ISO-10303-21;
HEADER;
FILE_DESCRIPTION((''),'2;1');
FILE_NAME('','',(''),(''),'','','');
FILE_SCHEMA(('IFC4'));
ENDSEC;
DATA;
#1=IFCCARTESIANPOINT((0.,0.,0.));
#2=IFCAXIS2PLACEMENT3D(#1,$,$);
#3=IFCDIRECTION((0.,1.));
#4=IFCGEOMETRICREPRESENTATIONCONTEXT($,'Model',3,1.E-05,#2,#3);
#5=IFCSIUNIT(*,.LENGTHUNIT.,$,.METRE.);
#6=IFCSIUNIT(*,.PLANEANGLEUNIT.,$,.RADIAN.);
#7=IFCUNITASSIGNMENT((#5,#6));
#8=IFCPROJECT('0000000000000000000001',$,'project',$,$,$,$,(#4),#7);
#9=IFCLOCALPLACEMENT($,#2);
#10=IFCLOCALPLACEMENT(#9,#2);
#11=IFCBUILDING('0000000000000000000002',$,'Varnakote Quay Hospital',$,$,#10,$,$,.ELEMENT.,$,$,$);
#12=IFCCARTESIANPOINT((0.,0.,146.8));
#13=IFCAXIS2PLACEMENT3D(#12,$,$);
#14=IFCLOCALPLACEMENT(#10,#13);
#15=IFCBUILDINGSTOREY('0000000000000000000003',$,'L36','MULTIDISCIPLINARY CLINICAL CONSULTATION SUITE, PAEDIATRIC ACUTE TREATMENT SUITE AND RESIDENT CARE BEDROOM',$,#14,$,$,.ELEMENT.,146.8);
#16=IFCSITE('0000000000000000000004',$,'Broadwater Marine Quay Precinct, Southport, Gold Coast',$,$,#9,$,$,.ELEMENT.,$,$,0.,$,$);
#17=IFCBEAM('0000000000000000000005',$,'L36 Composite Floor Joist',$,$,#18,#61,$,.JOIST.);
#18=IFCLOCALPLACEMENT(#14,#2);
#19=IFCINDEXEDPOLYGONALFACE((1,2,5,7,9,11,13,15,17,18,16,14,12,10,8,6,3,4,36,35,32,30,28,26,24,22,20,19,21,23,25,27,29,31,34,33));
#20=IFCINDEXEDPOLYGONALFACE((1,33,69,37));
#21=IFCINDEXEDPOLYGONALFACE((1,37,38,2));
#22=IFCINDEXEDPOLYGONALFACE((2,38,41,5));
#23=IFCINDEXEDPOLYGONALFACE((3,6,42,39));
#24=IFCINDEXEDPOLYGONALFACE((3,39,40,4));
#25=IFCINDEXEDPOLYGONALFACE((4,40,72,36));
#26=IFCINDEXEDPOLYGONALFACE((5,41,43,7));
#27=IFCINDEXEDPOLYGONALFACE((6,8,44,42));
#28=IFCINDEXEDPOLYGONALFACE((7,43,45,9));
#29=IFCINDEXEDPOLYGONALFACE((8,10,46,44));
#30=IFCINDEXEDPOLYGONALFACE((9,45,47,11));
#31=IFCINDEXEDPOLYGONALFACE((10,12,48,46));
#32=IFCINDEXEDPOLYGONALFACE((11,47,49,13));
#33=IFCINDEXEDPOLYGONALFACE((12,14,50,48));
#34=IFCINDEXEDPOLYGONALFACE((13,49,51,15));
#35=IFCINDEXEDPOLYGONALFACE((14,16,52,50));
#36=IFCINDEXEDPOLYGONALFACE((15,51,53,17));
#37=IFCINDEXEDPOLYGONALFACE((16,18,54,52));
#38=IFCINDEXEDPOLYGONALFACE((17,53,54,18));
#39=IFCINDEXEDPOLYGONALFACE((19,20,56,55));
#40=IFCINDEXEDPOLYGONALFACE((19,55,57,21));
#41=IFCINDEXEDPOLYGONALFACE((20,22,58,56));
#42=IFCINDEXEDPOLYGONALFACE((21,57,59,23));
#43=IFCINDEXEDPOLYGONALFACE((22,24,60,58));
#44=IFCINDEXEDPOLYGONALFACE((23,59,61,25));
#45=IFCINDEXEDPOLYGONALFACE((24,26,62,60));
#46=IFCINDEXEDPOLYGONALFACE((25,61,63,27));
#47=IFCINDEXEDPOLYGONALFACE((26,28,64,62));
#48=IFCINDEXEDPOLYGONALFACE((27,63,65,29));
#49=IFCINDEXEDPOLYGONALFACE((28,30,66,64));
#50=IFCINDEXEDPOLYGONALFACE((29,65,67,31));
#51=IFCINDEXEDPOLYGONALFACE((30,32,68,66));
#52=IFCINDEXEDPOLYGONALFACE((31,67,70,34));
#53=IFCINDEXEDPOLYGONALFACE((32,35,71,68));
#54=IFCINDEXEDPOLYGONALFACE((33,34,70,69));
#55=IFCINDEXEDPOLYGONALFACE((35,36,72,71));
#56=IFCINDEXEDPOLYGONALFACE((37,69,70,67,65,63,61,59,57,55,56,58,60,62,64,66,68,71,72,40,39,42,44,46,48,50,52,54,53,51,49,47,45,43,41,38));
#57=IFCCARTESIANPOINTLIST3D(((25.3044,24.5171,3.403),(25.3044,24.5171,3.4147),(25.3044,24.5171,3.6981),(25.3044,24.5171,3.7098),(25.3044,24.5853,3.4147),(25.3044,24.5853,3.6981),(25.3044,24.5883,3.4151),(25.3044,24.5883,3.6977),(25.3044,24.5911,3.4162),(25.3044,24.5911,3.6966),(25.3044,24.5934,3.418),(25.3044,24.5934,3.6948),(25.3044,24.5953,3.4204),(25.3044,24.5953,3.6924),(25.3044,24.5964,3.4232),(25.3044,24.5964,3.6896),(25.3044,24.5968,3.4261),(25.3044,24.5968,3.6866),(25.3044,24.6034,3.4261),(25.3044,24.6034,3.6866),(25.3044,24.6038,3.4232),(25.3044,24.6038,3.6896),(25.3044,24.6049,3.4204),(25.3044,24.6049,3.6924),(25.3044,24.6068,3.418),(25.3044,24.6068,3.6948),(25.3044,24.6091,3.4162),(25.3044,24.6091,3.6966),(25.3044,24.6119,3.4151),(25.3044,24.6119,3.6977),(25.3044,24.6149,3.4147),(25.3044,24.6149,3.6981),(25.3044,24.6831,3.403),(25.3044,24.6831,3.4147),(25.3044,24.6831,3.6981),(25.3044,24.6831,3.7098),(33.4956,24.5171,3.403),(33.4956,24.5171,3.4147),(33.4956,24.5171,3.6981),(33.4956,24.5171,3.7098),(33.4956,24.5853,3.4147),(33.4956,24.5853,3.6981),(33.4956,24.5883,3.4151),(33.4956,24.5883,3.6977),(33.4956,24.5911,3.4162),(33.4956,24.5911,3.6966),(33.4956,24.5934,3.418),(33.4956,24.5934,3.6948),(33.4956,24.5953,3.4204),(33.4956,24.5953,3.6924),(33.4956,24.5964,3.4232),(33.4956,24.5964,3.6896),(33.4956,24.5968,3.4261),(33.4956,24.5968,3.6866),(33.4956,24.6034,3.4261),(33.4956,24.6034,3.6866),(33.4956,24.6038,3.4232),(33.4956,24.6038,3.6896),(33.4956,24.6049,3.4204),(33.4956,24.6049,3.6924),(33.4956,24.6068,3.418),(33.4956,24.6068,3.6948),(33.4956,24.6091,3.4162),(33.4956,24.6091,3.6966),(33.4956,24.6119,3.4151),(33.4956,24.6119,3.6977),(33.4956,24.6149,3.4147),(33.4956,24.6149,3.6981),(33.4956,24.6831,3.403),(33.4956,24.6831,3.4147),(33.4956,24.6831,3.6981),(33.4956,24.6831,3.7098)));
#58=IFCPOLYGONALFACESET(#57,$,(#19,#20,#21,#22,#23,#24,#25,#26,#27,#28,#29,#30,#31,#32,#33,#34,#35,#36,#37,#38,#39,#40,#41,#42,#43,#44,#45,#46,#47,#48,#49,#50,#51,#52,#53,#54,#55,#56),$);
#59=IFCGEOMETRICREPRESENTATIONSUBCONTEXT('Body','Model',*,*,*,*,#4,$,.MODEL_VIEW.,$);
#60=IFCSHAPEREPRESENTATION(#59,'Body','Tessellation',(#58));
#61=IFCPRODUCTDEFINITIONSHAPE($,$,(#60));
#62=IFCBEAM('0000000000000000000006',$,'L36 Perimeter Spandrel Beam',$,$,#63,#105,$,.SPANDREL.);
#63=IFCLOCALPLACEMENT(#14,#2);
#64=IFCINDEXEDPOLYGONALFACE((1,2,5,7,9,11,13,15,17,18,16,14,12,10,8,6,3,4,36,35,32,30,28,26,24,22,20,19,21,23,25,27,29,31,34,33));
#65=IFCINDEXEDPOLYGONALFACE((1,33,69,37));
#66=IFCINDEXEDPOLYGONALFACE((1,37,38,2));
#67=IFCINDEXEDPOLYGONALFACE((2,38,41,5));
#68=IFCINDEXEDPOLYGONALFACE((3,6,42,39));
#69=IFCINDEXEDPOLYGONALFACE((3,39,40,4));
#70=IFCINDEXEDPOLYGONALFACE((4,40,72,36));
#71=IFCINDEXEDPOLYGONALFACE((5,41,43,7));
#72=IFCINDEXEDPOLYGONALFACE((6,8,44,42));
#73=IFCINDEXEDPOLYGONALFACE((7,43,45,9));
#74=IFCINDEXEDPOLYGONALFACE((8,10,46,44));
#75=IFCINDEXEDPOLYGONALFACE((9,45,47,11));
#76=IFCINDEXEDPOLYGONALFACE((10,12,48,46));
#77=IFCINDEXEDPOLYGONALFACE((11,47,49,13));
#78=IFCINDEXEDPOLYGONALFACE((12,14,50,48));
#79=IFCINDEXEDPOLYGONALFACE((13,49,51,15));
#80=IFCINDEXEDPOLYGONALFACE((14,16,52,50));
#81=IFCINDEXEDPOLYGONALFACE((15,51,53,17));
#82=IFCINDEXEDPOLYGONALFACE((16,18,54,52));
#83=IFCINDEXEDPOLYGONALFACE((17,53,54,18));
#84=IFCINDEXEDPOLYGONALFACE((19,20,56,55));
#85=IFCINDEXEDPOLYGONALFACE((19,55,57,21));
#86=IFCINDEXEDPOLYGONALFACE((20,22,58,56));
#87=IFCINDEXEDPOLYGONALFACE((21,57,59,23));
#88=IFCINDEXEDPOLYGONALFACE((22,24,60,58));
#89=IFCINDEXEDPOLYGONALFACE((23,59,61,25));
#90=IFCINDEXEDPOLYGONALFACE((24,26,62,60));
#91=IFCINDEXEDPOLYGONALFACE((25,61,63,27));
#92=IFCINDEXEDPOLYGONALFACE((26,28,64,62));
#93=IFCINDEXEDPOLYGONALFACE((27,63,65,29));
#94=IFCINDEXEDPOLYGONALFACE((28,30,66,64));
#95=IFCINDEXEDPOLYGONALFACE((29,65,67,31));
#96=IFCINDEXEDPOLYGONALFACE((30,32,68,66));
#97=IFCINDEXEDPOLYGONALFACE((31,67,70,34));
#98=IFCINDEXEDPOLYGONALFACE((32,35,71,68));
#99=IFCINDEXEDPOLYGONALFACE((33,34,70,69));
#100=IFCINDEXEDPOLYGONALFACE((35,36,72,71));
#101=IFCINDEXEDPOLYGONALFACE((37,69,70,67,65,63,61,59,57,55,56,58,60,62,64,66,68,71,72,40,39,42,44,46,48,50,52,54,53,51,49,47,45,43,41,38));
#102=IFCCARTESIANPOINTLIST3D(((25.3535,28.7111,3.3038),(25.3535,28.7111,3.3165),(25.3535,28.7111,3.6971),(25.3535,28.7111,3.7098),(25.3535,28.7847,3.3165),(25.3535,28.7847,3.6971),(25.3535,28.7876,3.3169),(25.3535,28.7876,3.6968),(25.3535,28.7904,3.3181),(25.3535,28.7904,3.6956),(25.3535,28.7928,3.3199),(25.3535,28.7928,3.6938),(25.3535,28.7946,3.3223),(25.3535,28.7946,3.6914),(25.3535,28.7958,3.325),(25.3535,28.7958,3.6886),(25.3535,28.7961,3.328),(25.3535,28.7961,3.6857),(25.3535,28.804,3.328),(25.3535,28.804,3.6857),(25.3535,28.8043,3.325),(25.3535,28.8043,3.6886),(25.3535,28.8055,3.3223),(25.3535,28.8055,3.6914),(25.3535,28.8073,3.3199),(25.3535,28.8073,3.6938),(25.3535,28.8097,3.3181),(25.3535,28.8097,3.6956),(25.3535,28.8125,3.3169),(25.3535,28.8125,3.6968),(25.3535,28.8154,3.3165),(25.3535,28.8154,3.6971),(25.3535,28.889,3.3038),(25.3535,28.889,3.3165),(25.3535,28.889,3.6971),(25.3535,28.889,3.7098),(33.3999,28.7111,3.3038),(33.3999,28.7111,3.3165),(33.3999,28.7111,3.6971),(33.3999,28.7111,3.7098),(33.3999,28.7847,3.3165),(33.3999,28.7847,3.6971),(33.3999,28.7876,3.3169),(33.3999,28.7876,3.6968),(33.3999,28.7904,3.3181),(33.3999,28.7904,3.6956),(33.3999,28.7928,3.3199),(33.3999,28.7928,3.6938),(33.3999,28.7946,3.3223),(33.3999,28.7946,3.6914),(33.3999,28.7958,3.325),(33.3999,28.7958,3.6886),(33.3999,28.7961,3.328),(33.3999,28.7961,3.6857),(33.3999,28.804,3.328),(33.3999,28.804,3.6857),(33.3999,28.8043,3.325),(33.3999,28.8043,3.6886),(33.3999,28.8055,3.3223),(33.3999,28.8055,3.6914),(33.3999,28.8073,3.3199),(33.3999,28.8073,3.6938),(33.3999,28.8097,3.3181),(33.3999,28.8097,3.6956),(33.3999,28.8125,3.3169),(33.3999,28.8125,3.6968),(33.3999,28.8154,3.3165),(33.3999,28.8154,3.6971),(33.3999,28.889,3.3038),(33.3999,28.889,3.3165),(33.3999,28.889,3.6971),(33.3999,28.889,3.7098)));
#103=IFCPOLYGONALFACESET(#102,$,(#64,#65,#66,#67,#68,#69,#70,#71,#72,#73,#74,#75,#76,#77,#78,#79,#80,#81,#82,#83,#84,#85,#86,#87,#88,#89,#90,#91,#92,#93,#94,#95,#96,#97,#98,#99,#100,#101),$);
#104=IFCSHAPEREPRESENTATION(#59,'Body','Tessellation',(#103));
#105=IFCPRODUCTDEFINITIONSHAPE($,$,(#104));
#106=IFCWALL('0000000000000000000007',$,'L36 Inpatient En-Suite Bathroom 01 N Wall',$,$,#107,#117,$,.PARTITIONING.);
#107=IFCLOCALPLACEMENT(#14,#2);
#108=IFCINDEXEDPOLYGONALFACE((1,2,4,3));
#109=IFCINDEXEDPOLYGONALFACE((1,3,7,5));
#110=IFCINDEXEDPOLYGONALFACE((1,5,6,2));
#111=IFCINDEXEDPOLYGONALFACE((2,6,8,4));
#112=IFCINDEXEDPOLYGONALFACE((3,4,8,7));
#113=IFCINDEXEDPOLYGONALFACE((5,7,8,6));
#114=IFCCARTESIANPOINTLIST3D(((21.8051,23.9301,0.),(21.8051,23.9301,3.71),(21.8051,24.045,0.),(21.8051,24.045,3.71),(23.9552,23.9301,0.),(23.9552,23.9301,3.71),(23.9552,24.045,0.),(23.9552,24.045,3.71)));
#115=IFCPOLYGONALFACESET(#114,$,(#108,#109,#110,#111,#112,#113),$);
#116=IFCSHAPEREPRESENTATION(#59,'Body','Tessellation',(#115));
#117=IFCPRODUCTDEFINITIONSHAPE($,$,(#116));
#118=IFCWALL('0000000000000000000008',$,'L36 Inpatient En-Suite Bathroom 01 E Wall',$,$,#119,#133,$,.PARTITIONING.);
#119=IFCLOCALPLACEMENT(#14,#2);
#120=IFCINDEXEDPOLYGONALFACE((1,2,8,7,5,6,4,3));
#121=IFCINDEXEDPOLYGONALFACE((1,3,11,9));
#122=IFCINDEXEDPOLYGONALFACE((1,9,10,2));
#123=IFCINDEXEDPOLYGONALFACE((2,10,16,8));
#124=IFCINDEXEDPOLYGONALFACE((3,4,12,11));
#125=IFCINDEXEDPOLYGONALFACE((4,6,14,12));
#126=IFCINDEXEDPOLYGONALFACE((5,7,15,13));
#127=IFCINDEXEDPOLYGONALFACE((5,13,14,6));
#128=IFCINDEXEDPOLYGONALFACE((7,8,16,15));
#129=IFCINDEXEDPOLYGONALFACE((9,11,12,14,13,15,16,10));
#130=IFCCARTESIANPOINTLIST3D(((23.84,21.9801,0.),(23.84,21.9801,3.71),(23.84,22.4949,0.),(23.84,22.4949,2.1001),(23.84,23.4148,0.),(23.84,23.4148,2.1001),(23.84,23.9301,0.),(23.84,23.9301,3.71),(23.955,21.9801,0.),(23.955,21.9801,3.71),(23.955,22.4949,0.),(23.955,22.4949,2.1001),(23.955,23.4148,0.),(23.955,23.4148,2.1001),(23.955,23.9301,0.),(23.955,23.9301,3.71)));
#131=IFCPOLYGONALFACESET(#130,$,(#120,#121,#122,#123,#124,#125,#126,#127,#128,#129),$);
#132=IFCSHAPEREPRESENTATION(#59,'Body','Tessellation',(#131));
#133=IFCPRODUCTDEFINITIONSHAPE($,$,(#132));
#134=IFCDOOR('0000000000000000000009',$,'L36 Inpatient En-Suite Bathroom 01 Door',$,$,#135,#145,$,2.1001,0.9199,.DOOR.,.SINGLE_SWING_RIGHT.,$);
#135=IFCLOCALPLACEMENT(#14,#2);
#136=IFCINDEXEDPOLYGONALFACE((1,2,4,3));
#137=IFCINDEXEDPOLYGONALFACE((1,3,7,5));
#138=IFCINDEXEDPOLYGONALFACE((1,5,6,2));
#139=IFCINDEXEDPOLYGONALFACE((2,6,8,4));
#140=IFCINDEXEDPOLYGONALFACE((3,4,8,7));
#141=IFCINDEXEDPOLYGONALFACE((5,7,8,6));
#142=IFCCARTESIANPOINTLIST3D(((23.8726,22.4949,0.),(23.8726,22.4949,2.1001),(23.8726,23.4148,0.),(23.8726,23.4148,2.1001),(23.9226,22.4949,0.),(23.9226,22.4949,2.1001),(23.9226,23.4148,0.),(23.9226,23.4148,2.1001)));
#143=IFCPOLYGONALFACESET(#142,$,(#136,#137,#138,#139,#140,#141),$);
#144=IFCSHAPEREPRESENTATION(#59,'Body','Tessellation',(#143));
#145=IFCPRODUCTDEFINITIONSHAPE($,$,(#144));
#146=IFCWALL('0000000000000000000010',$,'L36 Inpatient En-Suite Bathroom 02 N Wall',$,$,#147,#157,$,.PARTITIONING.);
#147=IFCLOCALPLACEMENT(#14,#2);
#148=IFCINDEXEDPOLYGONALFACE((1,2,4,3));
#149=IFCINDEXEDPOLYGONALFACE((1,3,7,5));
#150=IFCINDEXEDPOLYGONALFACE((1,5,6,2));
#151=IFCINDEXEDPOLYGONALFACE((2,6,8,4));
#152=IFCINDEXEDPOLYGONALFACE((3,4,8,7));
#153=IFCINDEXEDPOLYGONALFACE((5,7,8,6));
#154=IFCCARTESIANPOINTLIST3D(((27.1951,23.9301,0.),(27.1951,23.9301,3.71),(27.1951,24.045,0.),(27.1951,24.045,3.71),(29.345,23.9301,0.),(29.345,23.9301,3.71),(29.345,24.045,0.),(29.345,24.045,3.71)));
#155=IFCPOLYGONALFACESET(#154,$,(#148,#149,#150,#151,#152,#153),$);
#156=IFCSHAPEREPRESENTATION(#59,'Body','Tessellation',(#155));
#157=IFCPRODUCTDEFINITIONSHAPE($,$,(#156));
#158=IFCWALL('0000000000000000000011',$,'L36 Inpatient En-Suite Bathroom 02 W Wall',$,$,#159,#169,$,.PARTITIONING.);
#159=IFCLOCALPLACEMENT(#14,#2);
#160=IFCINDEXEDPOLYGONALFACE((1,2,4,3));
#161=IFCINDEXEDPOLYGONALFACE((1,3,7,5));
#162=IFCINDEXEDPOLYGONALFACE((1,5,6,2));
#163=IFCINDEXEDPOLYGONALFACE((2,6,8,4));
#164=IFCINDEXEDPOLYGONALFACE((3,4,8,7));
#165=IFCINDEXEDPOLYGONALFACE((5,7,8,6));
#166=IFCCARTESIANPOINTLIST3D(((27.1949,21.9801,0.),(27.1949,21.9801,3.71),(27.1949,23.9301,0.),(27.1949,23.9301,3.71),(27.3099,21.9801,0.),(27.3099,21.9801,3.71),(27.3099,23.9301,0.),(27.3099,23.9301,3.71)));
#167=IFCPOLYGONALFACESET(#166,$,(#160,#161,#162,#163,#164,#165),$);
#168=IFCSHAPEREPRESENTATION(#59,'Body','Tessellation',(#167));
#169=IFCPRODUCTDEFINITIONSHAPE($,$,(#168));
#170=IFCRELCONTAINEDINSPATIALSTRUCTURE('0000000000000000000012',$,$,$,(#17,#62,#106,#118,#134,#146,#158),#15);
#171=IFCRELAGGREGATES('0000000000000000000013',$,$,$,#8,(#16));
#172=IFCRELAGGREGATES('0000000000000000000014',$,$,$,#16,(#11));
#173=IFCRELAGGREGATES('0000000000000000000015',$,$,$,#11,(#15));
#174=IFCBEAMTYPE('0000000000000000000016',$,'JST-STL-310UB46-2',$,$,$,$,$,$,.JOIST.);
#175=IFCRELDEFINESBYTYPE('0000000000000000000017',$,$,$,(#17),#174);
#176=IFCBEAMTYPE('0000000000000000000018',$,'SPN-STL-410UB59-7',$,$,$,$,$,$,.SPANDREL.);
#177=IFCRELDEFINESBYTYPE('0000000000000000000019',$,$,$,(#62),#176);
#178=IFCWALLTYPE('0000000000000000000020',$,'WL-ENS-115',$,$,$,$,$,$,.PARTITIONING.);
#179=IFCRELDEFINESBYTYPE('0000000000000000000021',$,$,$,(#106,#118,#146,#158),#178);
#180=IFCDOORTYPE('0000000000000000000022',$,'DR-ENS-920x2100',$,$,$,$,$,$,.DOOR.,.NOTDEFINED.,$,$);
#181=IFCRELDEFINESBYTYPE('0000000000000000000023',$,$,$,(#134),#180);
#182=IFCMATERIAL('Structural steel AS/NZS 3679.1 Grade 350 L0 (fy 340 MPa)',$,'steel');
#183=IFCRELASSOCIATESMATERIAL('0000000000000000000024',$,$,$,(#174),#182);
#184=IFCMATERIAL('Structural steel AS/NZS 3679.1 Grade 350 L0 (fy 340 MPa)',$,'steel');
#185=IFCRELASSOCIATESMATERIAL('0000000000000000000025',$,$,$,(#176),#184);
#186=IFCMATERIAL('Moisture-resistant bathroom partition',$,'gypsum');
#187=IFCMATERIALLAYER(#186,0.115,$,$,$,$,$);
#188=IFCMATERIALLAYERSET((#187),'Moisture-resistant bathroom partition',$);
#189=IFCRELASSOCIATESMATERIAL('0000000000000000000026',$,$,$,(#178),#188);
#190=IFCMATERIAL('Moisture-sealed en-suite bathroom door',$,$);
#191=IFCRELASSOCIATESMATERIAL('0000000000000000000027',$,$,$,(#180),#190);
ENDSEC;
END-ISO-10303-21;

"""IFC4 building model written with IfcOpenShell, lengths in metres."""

from ifc_helpers import new_model, si_unit, direction, frame, frame_2d, origin, origin_2d, place, context, subcontext, project, spatial, rectangle, i_section, extrude, material, layer, layer_set, material_profile, profile_set, type_object, element, fill, save


model = new_model("IFC4")

# Units and contexts
model_context = context("Model", 3, precision=1e-05, world=origin(), true_north=direction((0.0, 1.0)))
body_context = subcontext(model_context, "Body", "Model", "MODEL_VIEW")
ifc_project = project(units=[si_unit("LENGTHUNIT", "METRE"), si_unit("PLANEANGLEUNIT", "RADIAN")], contexts=[model_context])

# Site, building, storey
site_placement = place(None, origin())
site = spatial("IfcSite", under=ifc_project, at=site_placement, Name="Broadwater Marine Quay Precinct, Southport, Gold Coast", CompositionType="ELEMENT", RefElevation=0.0)
building_placement = place(site_placement, origin())
building = spatial("IfcBuilding", under=site, at=building_placement, Name="Varnakote Quay Hospital", CompositionType="ELEMENT")
storey_placement = place(building_placement, frame((0.0, 0.0, 146.8)))
storey = spatial("IfcBuildingStorey", under=building, at=storey_placement, Name="L36", Description="MULTIDISCIPLINARY CLINICAL CONSULTATION SUITE, PAEDIATRIC ACUTE TREATMENT SUITE AND RESIDENT CARE BEDROOM", CompositionType="ELEMENT", Elevation=146.8)

# Beams
ifc_material_1 = material(Name="Structural steel AS/NZS 3679.1 Grade 350 L0 (fy 340 MPa)", Category="steel")
ifc_material_profile_1 = material_profile(ifc_material_1, i_section(OverallWidth=0.166, OverallDepth=0.3069, WebThickness=0.0066, FlangeThickness=0.0117, FilletRadius=0.0115, at=origin_2d()), Name="310UB46.2")
ifc_profile_set_1 = profile_set([ifc_material_profile_1], Name="Structural steel AS/NZS 3679.1 Grade 350 L0 (fy 340 MPa)")
beam_type_1 = type_object("IfcBeamType", Name="JST-STL-310UB46-2", PredefinedType="JOIST", material=ifc_profile_set_1)
beam_1_placement = place(storey_placement, frame((25.3044, 24.6001, 3.5564), z_axis=(1.0, 0.0, 0.0), x_axis=(0.0, 1.0, 0.0)))
element("IfcBeam", 1, at=beam_1_placement, inside=storey, type_object=beam_type_1, Name="L36 Composite Floor Joist", PredefinedType="JOIST", context=body_context, shape_type="SweptSolid", body=[
    extrude(i_section(OverallWidth=0.166, OverallDepth=0.3069, WebThickness=0.0066, FlangeThickness=0.0117, FilletRadius=0.0115, at=origin_2d()), origin(), (0.0, 0.0, 1.0), 8.1912),
])
ifc_material_2 = material(Name="Structural steel AS/NZS 3679.1 Grade 350 L0 (fy 340 MPa)", Category="steel")
ifc_material_profile_2 = material_profile(ifc_material_2, i_section(OverallWidth=0.178, OverallDepth=0.406, WebThickness=0.0078, FlangeThickness=0.0127, FilletRadius=0.0115, at=origin_2d()), Name="410UB59.7")
ifc_profile_set_2 = profile_set([ifc_material_profile_2], Name="Structural steel AS/NZS 3679.1 Grade 350 L0 (fy 340 MPa)")
beam_type_2 = type_object("IfcBeamType", Name="SPN-STL-410UB59-7", PredefinedType="SPANDREL", material=ifc_profile_set_2)
beam_2_placement = place(storey_placement, frame((25.3535, 28.8, 3.5068), z_axis=(1.0, 0.0, 0.0), x_axis=(0.0, 1.0, 0.0)))
element("IfcBeam", 2, at=beam_2_placement, inside=storey, type_object=beam_type_2, Name="L36 Perimeter Spandrel Beam", PredefinedType="SPANDREL", context=body_context, shape_type="SweptSolid", body=[
    extrude(i_section(OverallWidth=0.178, OverallDepth=0.406, WebThickness=0.0078, FlangeThickness=0.0127, FilletRadius=0.0115, at=origin_2d()), origin(), (0.0, 0.0, 1.0), 8.0464),
])

# Wall
ifc_material_3 = material(Name="Moisture-resistant bathroom partition", Category="gypsum")
ifc_layer_1 = layer(ifc_material_3, 0.115)
ifc_layer_set_1 = layer_set([ifc_layer_1], Name="Moisture-resistant bathroom partition")
wall_type_1 = type_object("IfcWallType", Name="WL-ENS-115", PredefinedType="PARTITIONING", material=ifc_layer_set_1)
wall_1_placement = place(storey_placement, frame((21.8049, 23.9875, 0.0), z_axis=(0.0, 0.0, 1.0), x_axis=(1.0, 0.0, 0.0)))
element("IfcWall", 3, at=wall_1_placement, inside=storey, type_object=wall_type_1, Name="L36 Inpatient En-Suite Bathroom 01 N Wall", PredefinedType="PARTITIONING", context=body_context, shape_type="SweptSolid", body=[
    extrude(rectangle(XDim=2.1501, YDim=0.115, at=frame_2d((1.0752, 0.0))), origin(), (0.0, 0.0, 1.0), 3.71),
])

# Wall, opening, door
wall_2_placement = place(storey_placement, frame((23.8975, 21.98, 0.0), z_axis=(0.0, 0.0, 1.0), x_axis=(0.0, 1.0, 0.0)))
wall_2 = element("IfcWall", 4, at=wall_2_placement, inside=storey, type_object=wall_type_1, Name="L36 Inpatient En-Suite Bathroom 01 E Wall", PredefinedType="PARTITIONING", context=body_context, shape_type="SweptSolid", body=[
    extrude(rectangle(XDim=1.95, YDim=0.115, at=frame_2d((0.9751, 0.0))), origin(), (0.0, 0.0, 1.0), 3.71),
])
opening_1_placement = place(wall_2_placement, frame((0.5149, 0.0, 0.0)))
opening_1 = element("IfcOpeningElement", 5, at=opening_1_placement, cuts=wall_2, PredefinedType="OPENING", context=body_context, shape_type="SweptSolid", body=[
    extrude(rectangle(XDim=0.9199, YDim=2.1001, at=frame_2d((0.46, 1.05))), frame((0.0, 0.0674, 0.0), z_axis=(0.0, -1.0, 0.0), x_axis=(1.0, 0.0, 0.0)), (0.0, 0.0, 1.0), 0.135),
])
ifc_material_4 = material(Name="Moisture-sealed en-suite bathroom door")
door_type_1 = type_object("IfcDoorType", Name="DR-ENS-920x2100", OperationType="NOTDEFINED", PredefinedType="DOOR", material=ifc_material_4)
door_1_placement = place(opening_1_placement, origin())
door_1 = element("IfcDoor", 6, at=door_1_placement, inside=storey, type_object=door_type_1, Name="L36 Inpatient En-Suite Bathroom 01 Door", OperationType="SINGLE_SWING_RIGHT", OverallHeight=2.1001, OverallWidth=0.9199, PredefinedType="DOOR", context=body_context, shape_type="SweptSolid", body=[
    extrude(rectangle(XDim=0.9199, YDim=2.1001, at=frame_2d((0.46, 1.05))), frame((0.0, 0.0249, 0.0), z_axis=(0.0, -1.0, 0.0), x_axis=(1.0, 0.0, 0.0)), (0.0, 0.0, 1.0), 0.05),
])
fill(opening_1, door_1)

# Walls
wall_3_placement = place(storey_placement, frame((27.1951, 23.9875, 0.0), z_axis=(0.0, 0.0, 1.0), x_axis=(1.0, 0.0, 0.0)))
element("IfcWall", 7, at=wall_3_placement, inside=storey, type_object=wall_type_1, Name="L36 Inpatient En-Suite Bathroom 02 N Wall", PredefinedType="PARTITIONING", context=body_context, shape_type="SweptSolid", body=[
    extrude(rectangle(XDim=2.1499, YDim=0.115, at=frame_2d((1.075, 0.0))), origin(), (0.0, 0.0, 1.0), 3.71),
])
wall_4_placement = place(storey_placement, frame((27.2524, 21.98, 0.0), z_axis=(0.0, 0.0, 1.0), x_axis=(0.0, 1.0, 0.0)))
element("IfcWall", 8, at=wall_4_placement, inside=storey, type_object=wall_type_1, Name="L36 Inpatient En-Suite Bathroom 02 W Wall", PredefinedType="PARTITIONING", context=body_context, shape_type="SweptSolid", body=[
    extrude(rectangle(XDim=1.95, YDim=0.115, at=frame_2d((0.9751, 0.0))), origin(), (0.0, 0.0, 1.0), 3.71),
])

save(model, "model.ifc")
